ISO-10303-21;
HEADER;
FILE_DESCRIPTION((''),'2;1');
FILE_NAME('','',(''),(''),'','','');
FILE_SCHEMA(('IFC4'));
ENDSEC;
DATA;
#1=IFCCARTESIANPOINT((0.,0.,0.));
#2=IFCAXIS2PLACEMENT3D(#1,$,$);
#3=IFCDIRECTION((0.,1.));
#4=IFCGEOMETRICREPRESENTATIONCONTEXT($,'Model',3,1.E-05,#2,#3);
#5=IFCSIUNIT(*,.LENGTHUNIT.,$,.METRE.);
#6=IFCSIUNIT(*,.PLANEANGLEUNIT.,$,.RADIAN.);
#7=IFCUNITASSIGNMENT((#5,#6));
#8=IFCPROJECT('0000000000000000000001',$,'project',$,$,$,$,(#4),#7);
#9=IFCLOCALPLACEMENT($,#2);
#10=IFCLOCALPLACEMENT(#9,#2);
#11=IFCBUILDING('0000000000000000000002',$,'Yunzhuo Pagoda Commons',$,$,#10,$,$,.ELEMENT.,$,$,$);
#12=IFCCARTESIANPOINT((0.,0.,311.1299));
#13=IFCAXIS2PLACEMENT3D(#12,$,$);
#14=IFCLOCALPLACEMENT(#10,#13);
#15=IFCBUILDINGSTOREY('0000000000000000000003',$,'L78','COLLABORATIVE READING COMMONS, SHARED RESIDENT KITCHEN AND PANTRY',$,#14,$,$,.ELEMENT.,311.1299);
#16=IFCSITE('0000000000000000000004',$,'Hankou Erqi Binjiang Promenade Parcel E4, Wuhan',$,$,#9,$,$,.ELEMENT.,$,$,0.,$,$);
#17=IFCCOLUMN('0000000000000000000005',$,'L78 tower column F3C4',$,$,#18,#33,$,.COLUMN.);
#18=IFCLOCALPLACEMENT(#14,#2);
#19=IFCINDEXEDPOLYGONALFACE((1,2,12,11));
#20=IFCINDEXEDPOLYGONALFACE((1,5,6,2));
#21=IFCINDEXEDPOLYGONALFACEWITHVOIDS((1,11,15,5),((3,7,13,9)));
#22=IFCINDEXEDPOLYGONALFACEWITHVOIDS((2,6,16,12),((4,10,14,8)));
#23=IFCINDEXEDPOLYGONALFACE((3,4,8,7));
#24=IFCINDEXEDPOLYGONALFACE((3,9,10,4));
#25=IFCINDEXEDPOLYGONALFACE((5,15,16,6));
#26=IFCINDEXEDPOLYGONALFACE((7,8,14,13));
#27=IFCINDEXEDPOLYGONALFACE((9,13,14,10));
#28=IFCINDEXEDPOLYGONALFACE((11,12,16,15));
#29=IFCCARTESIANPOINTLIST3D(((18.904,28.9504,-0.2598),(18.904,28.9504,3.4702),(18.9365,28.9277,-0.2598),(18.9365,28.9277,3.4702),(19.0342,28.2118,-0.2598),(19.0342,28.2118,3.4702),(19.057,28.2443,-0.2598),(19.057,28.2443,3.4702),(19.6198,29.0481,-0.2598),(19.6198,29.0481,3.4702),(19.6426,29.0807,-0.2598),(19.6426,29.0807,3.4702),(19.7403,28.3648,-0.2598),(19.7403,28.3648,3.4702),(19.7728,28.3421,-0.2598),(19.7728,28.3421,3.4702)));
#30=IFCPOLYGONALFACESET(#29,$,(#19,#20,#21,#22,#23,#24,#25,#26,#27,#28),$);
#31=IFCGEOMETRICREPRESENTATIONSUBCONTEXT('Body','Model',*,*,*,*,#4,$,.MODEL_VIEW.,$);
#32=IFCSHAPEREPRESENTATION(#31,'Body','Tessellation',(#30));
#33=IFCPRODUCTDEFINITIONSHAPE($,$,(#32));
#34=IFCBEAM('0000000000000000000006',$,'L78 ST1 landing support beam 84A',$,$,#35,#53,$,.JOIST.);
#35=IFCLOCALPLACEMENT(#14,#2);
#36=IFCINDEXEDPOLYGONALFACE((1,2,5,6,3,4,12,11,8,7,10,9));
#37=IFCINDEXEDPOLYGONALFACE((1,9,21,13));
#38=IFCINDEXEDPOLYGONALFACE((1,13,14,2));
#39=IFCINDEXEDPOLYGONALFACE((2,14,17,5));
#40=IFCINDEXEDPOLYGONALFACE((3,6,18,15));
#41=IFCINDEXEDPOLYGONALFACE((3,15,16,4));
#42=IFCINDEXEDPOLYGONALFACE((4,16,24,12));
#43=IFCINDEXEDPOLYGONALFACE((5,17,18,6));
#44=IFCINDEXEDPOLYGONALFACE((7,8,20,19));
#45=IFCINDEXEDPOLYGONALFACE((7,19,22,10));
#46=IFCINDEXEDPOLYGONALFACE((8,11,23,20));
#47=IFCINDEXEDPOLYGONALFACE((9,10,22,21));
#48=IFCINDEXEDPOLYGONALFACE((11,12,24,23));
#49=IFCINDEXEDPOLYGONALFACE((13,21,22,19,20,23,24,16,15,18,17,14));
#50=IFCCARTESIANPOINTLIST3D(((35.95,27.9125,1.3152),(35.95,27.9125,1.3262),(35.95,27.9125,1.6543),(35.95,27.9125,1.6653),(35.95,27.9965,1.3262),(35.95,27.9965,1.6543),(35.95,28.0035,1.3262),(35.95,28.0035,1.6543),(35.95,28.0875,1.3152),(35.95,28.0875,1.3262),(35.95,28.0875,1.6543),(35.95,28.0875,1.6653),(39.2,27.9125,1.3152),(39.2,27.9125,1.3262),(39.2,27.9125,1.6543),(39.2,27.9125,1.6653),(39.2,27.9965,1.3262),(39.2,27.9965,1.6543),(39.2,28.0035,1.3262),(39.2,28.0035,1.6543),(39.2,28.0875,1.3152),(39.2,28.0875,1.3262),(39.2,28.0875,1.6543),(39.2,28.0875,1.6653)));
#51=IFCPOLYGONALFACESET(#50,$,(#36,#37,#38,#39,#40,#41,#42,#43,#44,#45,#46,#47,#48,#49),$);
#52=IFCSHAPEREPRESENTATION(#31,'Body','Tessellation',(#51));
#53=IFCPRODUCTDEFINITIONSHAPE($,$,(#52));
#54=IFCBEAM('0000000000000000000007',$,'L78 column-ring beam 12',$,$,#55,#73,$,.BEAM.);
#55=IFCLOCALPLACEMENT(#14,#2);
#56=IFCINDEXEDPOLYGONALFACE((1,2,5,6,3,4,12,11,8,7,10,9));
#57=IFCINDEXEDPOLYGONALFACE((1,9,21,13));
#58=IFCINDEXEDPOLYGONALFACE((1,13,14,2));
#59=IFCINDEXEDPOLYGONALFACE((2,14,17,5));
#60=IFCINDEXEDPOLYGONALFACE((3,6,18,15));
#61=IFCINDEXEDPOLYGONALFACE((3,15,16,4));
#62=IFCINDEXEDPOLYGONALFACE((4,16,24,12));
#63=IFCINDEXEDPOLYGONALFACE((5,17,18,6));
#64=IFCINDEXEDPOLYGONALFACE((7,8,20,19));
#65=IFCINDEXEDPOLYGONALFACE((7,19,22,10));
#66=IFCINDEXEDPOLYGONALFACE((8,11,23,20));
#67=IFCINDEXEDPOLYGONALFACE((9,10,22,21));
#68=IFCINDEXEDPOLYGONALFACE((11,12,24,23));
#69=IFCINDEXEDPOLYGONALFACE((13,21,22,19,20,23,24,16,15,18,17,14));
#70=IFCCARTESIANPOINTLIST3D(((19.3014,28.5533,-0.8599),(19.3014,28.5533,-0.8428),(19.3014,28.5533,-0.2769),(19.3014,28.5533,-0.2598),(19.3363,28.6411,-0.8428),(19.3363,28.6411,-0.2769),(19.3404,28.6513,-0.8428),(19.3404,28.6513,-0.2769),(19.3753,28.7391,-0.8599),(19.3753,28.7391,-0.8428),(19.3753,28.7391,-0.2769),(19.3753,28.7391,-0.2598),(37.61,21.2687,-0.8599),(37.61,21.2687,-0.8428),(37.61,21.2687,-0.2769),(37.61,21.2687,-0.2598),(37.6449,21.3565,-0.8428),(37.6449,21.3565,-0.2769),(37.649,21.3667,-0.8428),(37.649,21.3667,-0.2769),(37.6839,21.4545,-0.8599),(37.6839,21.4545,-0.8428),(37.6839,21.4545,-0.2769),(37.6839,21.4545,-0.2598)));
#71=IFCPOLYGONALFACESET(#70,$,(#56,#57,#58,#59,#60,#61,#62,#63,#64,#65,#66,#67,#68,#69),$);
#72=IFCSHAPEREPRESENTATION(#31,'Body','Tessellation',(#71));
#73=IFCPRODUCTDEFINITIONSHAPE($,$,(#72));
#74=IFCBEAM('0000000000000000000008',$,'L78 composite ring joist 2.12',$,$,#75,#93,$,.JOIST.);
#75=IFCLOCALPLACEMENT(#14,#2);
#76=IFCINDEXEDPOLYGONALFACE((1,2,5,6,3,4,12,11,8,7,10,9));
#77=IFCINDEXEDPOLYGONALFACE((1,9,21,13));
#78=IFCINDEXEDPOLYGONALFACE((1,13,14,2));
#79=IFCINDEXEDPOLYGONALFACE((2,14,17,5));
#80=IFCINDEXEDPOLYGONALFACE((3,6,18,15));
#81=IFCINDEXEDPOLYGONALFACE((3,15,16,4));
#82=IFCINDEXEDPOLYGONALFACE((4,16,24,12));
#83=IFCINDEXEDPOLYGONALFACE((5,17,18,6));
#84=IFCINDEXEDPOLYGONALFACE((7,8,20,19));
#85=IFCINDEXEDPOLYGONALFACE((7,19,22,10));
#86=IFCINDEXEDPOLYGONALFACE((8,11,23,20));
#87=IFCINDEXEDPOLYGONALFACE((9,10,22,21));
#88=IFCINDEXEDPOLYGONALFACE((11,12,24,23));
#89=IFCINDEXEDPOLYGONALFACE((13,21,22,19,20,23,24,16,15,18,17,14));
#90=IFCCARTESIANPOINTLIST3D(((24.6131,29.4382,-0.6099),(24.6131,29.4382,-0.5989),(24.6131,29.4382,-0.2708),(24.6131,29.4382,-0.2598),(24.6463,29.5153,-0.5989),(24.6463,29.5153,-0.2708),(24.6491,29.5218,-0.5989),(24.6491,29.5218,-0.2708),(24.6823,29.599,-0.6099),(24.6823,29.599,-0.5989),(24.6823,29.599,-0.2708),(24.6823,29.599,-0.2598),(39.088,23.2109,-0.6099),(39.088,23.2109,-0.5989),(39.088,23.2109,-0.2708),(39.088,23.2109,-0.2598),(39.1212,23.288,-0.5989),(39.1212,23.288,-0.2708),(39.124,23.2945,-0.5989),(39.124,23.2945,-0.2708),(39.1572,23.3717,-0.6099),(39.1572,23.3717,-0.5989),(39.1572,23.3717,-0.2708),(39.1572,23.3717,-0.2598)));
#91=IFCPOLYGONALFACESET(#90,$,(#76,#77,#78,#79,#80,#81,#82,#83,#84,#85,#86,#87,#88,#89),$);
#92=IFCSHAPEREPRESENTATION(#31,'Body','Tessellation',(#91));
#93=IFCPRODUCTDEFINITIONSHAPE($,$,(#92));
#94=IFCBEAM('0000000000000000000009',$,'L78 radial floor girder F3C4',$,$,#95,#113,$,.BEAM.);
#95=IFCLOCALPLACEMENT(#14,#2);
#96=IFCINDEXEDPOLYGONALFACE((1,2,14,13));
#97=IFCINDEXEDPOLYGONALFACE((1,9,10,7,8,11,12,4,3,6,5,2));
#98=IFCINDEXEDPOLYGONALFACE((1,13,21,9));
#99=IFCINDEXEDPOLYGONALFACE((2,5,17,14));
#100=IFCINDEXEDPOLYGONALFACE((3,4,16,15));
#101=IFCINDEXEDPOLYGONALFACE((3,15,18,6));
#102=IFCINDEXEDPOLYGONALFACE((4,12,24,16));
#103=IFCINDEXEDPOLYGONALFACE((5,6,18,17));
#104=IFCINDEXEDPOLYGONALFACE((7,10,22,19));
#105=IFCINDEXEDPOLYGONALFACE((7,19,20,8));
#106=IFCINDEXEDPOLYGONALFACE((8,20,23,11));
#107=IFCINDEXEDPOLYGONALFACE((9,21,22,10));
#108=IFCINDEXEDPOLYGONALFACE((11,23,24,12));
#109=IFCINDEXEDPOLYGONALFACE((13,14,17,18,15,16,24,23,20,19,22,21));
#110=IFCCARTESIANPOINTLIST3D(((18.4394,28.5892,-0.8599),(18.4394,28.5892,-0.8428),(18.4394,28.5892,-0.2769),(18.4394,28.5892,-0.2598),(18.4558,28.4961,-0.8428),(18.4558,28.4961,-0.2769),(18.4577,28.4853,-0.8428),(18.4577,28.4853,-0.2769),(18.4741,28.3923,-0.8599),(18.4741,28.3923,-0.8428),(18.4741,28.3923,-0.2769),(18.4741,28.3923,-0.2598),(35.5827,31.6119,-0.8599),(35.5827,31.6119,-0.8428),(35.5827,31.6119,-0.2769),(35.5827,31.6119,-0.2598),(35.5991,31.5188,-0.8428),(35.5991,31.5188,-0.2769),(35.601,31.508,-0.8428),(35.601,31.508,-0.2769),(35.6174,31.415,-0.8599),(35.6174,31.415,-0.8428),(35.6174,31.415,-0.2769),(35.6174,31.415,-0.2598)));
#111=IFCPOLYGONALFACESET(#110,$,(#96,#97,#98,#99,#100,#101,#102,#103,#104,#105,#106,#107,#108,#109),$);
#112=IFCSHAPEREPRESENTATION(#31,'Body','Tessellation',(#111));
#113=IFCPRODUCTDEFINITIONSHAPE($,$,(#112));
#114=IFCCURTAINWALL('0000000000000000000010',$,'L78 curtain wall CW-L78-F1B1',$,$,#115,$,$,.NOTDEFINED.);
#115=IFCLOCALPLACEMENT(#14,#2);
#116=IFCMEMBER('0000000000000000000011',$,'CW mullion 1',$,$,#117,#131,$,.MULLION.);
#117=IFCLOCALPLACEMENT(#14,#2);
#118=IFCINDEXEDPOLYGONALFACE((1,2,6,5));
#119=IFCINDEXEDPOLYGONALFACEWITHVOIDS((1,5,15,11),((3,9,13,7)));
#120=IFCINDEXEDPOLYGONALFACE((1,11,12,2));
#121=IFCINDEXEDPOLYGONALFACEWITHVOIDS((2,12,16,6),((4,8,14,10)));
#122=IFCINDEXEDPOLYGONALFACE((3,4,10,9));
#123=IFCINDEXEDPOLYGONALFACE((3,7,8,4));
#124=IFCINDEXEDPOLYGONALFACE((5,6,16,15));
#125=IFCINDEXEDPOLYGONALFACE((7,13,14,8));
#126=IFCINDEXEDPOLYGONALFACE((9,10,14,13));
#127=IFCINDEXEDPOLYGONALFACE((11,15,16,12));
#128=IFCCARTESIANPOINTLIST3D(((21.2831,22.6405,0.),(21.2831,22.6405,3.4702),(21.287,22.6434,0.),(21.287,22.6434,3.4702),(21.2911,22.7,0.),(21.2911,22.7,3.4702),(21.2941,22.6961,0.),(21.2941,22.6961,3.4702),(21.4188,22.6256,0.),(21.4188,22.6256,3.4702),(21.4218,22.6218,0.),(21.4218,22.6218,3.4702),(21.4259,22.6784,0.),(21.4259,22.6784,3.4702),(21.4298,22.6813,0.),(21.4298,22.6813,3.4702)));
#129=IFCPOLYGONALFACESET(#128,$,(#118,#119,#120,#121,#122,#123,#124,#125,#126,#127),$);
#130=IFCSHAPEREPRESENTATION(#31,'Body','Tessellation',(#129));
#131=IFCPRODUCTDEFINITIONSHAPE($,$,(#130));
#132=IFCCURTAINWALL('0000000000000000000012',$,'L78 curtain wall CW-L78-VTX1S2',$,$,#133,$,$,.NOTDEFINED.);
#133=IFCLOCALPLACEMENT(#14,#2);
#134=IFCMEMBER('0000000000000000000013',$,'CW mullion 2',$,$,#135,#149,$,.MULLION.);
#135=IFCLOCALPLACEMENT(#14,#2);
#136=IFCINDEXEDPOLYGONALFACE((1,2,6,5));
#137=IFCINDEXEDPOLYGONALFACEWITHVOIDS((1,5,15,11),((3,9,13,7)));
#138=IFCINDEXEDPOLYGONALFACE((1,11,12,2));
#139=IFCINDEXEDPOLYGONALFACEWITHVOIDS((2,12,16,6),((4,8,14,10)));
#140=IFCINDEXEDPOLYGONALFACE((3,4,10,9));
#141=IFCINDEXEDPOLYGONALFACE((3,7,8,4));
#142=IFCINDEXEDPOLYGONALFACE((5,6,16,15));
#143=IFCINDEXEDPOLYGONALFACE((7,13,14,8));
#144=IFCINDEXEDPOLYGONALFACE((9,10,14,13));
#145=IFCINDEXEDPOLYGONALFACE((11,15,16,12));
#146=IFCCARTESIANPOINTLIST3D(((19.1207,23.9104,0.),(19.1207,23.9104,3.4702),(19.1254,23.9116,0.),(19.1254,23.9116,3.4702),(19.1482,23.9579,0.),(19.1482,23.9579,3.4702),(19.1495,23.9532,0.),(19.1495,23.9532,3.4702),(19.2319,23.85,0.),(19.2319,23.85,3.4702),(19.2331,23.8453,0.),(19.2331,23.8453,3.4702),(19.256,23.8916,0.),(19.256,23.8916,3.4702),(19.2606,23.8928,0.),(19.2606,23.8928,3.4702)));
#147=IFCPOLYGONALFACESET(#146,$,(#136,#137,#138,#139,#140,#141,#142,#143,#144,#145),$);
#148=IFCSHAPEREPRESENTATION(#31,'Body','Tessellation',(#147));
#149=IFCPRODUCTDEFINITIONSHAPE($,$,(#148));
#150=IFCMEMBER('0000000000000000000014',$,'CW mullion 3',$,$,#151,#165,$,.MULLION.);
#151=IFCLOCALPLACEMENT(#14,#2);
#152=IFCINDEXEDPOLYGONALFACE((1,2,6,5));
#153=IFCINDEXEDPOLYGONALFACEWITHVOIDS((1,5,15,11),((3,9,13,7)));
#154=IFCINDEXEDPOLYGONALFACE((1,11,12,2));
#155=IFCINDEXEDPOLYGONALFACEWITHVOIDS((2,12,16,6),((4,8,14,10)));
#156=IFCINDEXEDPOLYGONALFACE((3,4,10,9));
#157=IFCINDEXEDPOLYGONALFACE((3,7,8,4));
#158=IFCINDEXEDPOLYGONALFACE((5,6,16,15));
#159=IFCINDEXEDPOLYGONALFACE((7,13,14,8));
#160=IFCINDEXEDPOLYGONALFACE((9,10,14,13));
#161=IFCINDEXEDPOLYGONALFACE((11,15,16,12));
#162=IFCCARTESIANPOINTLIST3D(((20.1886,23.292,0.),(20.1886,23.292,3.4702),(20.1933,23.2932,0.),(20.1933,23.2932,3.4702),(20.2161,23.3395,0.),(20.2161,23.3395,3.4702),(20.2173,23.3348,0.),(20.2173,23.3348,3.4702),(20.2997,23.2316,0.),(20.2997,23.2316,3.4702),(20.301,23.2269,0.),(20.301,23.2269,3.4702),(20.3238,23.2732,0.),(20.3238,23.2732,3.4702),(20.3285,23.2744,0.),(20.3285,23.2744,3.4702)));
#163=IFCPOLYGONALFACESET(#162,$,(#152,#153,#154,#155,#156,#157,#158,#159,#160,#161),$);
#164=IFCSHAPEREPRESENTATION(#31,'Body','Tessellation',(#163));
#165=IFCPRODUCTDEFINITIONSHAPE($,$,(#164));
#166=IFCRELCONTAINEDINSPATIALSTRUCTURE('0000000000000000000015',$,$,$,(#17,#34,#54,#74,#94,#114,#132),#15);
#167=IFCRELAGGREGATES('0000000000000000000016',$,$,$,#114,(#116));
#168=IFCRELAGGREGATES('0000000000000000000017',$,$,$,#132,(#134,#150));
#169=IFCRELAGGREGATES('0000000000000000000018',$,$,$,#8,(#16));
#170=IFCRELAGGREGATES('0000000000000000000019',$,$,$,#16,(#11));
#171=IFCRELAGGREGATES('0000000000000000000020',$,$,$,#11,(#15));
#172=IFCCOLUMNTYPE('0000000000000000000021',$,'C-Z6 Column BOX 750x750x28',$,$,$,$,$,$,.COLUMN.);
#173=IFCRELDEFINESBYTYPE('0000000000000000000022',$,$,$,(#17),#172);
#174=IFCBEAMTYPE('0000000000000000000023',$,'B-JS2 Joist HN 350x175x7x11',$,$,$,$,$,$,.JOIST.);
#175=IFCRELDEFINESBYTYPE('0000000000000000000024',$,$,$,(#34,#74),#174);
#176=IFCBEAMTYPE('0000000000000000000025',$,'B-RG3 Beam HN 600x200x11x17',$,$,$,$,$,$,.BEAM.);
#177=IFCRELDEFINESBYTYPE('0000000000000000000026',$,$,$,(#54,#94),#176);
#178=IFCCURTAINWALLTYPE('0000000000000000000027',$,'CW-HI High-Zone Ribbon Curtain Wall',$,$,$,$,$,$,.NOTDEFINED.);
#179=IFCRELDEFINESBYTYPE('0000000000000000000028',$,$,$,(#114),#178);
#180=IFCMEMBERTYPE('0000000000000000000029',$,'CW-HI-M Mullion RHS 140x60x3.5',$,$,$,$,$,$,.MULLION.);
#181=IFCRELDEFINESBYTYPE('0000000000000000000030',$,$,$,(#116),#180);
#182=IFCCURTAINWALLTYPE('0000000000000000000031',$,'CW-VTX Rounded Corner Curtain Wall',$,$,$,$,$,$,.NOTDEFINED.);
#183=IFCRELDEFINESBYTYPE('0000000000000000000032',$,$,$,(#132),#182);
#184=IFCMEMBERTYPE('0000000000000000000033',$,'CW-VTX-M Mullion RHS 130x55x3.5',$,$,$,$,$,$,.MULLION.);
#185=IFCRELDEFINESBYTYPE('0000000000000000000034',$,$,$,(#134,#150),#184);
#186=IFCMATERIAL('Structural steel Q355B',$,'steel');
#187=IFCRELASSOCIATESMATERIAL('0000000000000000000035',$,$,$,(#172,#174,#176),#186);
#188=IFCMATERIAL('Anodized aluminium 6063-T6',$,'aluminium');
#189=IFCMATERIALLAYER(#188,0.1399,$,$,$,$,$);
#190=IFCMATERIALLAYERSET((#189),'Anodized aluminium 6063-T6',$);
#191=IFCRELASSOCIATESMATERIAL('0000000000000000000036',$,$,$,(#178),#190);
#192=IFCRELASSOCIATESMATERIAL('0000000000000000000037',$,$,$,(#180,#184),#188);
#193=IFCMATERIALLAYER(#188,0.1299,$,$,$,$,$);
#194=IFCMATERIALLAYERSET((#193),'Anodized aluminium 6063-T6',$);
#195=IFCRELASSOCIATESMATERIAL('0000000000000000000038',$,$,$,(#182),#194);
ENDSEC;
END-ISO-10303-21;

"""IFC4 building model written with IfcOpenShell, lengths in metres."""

from ifc_helpers import new_model, si_unit, direction, frame, origin, origin_2d, place, context, subcontext, project, spatial, hollow_rectangle, i_section, extrude, source, transform, mapped, material, layer, layer_set, material_profile, profile_set, type_object, element, aggregate, save


model = new_model("IFC4")

# Units and contexts
model_context = context("Model", 3, precision=1e-05, world=origin(), true_north=direction((0.0, 1.0)))
body_context = subcontext(model_context, "Body", "Model", "MODEL_VIEW")
ifc_project = project(units=[si_unit("LENGTHUNIT", "METRE"), si_unit("PLANEANGLEUNIT", "RADIAN")], contexts=[model_context])

# Site, building, storey
site_placement = place(None, origin())
site = spatial("IfcSite", under=ifc_project, at=site_placement, Name="Hankou Erqi Binjiang Promenade Parcel E4, Wuhan", CompositionType="ELEMENT", RefElevation=0.0)
building_placement = place(site_placement, origin())
building = spatial("IfcBuilding", under=site, at=building_placement, Name="Yunzhuo Pagoda Commons", CompositionType="ELEMENT")
storey_placement = place(building_placement, frame((0.0, 0.0, 311.1299)))
storey = spatial("IfcBuildingStorey", under=building, at=storey_placement, Name="L78", Description="COLLABORATIVE READING COMMONS, SHARED RESIDENT KITCHEN AND PANTRY", CompositionType="ELEMENT", Elevation=311.1299)

# Column
ifc_material_1 = material(Name="Structural steel Q355B", Category="steel")
ifc_material_profile_1 = material_profile(ifc_material_1, hollow_rectangle(XDim=0.75, YDim=0.75, WallThickness=0.0281, at=origin_2d()), Name="Structural steel Q355B")
ifc_profile_set_1 = profile_set([ifc_material_profile_1], Name="Structural steel Q355B")
column_type = type_object("IfcColumnType", Name="C-Z6 Column BOX 750x750x28", PredefinedType="COLUMN", material=ifc_profile_set_1)
shared_shape_1 = source(origin(), body_context, "Body", "SweptSolid", [
    extrude(hollow_rectangle(XDim=0.75, YDim=0.75, WallThickness=0.0281, at=origin_2d()), origin(), (0.0, 0.0, 1.0), 3.73),
])
column_placement = place(storey_placement, frame((19.3384, 28.6462, -0.2598), z_axis=(0.0, 0.0, 1.0), x_axis=(0.173648, -0.984808, 0.0)))
element("IfcColumn", 1, at=column_placement, inside=storey, type_object=column_type, Name="L78 tower column F3C4", PredefinedType="COLUMN", context=body_context, shape_type="MappedRepresentation", body=[
    mapped(shared_shape_1, transform((0.0, 0.0, 0.0), scale=1.0)),
])

# Beams
ifc_material_profile_2 = material_profile(ifc_material_1, i_section(OverallWidth=0.175, OverallDepth=0.3501, WebThickness=0.0071, FlangeThickness=0.011, at=origin_2d()), Name="Structural steel Q355B")
ifc_profile_set_2 = profile_set([ifc_material_profile_2], Name="Structural steel Q355B")
beam_type_1 = type_object("IfcBeamType", Name="B-JS2 Joist HN 350x175x7x11", PredefinedType="JOIST", material=ifc_profile_set_2)
shared_shape_2 = source(origin(), body_context, "Body", "SweptSolid", [
    extrude(i_section(OverallWidth=0.175, OverallDepth=0.3501, WebThickness=0.0071, FlangeThickness=0.011, at=origin_2d()), origin(), (0.0, 0.0, 1.0), 3.25),
])
beam_1_placement = place(storey_placement, frame((35.95, 28.0, 1.4902), z_axis=(1.0, 0.0, 0.0), x_axis=(0.0, 1.0, 0.0)))
element("IfcBeam", 2, at=beam_1_placement, inside=storey, type_object=beam_type_1, Name="L78 ST1 landing support beam 84A", PredefinedType="JOIST", context=body_context, shape_type="MappedRepresentation", body=[
    mapped(shared_shape_2, transform((0.0, 0.0, 0.0), scale=1.0)),
])
ifc_material_profile_3 = material_profile(ifc_material_1, i_section(OverallWidth=0.2, OverallDepth=0.6001, WebThickness=0.011, FlangeThickness=0.0171, at=origin_2d()), Name="Structural steel Q355B")
ifc_profile_set_3 = profile_set([ifc_material_profile_3], Name="Structural steel Q355B")
beam_type_2 = type_object("IfcBeamType", Name="B-RG3 Beam HN 600x200x11x17", PredefinedType="BEAM", material=ifc_profile_set_3)
shared_shape_3 = source(origin(), body_context, "Body", "SweptSolid", [
    extrude(i_section(OverallWidth=0.2, OverallDepth=0.6001, WebThickness=0.011, FlangeThickness=0.0171, at=origin_2d()), origin(), (0.0, 0.0, 1.0), 19.7046),
])
beam_2_placement = place(storey_placement, frame((19.3384, 28.6462, -0.5598), z_axis=(0.929154, -0.369694, 0.0), x_axis=(0.369694, 0.929154, 0.0)))
element("IfcBeam", 3, at=beam_2_placement, inside=storey, type_object=beam_type_2, Name="L78 column-ring beam 12", PredefinedType="BEAM", context=body_context, shape_type="MappedRepresentation", body=[
    mapped(shared_shape_3, transform((0.0, 0.0, 0.0), scale=1.0)),
])
shared_shape_4 = source(origin(), body_context, "Body", "SweptSolid", [
    extrude(i_section(OverallWidth=0.175, OverallDepth=0.3501, WebThickness=0.0071, FlangeThickness=0.011, at=origin_2d()), origin(), (0.0, 0.0, 1.0), 15.7576),
])
beam_3_placement = place(storey_placement, frame((24.6477, 29.5186, -0.4348), z_axis=(0.918598, -0.395194, 0.0), x_axis=(0.395194, 0.918598, 0.0)))
element("IfcBeam", 4, at=beam_3_placement, inside=storey, type_object=beam_type_1, Name="L78 composite ring joist 2.12", PredefinedType="JOIST", context=body_context, shape_type="MappedRepresentation", body=[
    mapped(shared_shape_4, transform((0.0, 0.0, 0.0), scale=1.0)),
])
shared_shape_5 = source(origin(), body_context, "Body", "SweptSolid", [
    extrude(i_section(OverallWidth=0.2, OverallDepth=0.6001, WebThickness=0.011, FlangeThickness=0.0171, at=origin_2d()), origin(), (0.0, 0.0, 1.0), 17.4077),
])
beam_4_placement = place(storey_placement, frame((18.4568, 28.4907, -0.5598), z_axis=(0.984809, 0.173641, 0.0), x_axis=(-0.173641, 0.984809, 0.0)))
element("IfcBeam", 5, at=beam_4_placement, inside=storey, type_object=beam_type_2, Name="L78 radial floor girder F3C4", PredefinedType="BEAM", context=body_context, shape_type="MappedRepresentation", body=[
    mapped(shared_shape_5, transform((0.0, 0.0, 0.0), scale=1.0)),
])

# Curtain wall, member
ifc_material_2 = material(Name="Anodized aluminium 6063-T6", Category="aluminium")
ifc_layer_1 = layer(ifc_material_2, 0.1399)
ifc_layer_set_1 = layer_set([ifc_layer_1], Name="Anodized aluminium 6063-T6")
curtain_wall_type_1 = type_object("IfcCurtainWallType", Name="CW-HI High-Zone Ribbon Curtain Wall", PredefinedType="NOTDEFINED", material=ifc_layer_set_1)
curtain_wall_1_placement = place(storey_placement, origin())
curtain_wall_1 = element("IfcCurtainWall", 6, at=curtain_wall_1_placement, inside=storey, type_object=curtain_wall_type_1, Name="L78 curtain wall CW-L78-F1B1", PredefinedType="NOTDEFINED")
ifc_material_profile_4 = material_profile(ifc_material_2, hollow_rectangle(XDim=0.0601, YDim=0.1399, WallThickness=0.0034, at=origin_2d()), Name="Anodized aluminium 6063-T6")
ifc_profile_set_4 = profile_set([ifc_material_profile_4], Name="Anodized aluminium 6063-T6")
member_type_1 = type_object("IfcMemberType", Name="CW-HI-M Mullion RHS 140x60x3.5", PredefinedType="MULLION", material=ifc_profile_set_4)
shared_shape_6 = source(origin(), body_context, "Body", "SweptSolid", [
    extrude(hollow_rectangle(XDim=0.0601, YDim=0.1399, WallThickness=0.0034, at=origin_2d()), origin(), (0.0, 0.0, 1.0), 3.4702),
])
member_1_placement = place(storey_placement, frame((21.3564, 22.6609, 0.0), z_axis=(0.0, 0.0, 1.0), x_axis=(0.133519, 0.991046, 0.0)))
member_1 = element("IfcMember", 7, at=member_1_placement, type_object=member_type_1, Name="CW mullion 1", PredefinedType="MULLION", context=body_context, shape_type="MappedRepresentation", body=[
    mapped(shared_shape_6, transform((0.0, 0.0, 0.0), scale=1.0)),
])

# Curtain wall, members
ifc_layer_2 = layer(ifc_material_2, 0.1299)
ifc_layer_set_2 = layer_set([ifc_layer_2], Name="Anodized aluminium 6063-T6")
curtain_wall_type_2 = type_object("IfcCurtainWallType", Name="CW-VTX Rounded Corner Curtain Wall", PredefinedType="NOTDEFINED", material=ifc_layer_set_2)
curtain_wall_2_placement = place(storey_placement, origin())
curtain_wall_2 = element("IfcCurtainWall", 8, at=curtain_wall_2_placement, inside=storey, type_object=curtain_wall_type_2, Name="L78 curtain wall CW-L78-VTX1S2", PredefinedType="NOTDEFINED")
ifc_material_profile_5 = material_profile(ifc_material_2, hollow_rectangle(XDim=0.0549, YDim=0.1299, WallThickness=0.0034, at=origin_2d()), Name="Anodized aluminium 6063-T6")
ifc_profile_set_5 = profile_set([ifc_material_profile_5], Name="Anodized aluminium 6063-T6")
member_type_2 = type_object("IfcMemberType", Name="CW-VTX-M Mullion RHS 130x55x3.5", PredefinedType="MULLION", material=ifc_profile_set_5)
shared_shape_7 = source(origin(), body_context, "Body", "SweptSolid", [
    extrude(hollow_rectangle(XDim=0.0549, YDim=0.1299, WallThickness=0.0034, at=origin_2d()), origin(), (0.0, 0.0, 1.0), 3.4702),
])
member_2_placement = place(storey_placement, frame((19.1907, 23.9016, 0.0), z_axis=(0.0, 0.0, 1.0), x_axis=(0.501027, 0.865432, 0.0)))
member_2 = element("IfcMember", 9, at=member_2_placement, type_object=member_type_2, Name="CW mullion 2", PredefinedType="MULLION", context=body_context, shape_type="MappedRepresentation", body=[
    mapped(shared_shape_7, transform((0.0, 0.0, 0.0), scale=1.0)),
])
member_3_placement = place(storey_placement, frame((20.2585, 23.2832, 0.0), z_axis=(0.0, 0.0, 1.0), x_axis=(0.501027, 0.865432, 0.0)))
member_3 = element("IfcMember", 10, at=member_3_placement, type_object=member_type_2, Name="CW mullion 3", PredefinedType="MULLION", context=body_context, shape_type="MappedRepresentation", body=[
    mapped(shared_shape_7, transform((0.0, 0.0, 0.0), scale=1.0)),
])

aggregate(curtain_wall_1, [member_1])
aggregate(curtain_wall_2, [member_2, member_3])

save(model, "model.ifc")
